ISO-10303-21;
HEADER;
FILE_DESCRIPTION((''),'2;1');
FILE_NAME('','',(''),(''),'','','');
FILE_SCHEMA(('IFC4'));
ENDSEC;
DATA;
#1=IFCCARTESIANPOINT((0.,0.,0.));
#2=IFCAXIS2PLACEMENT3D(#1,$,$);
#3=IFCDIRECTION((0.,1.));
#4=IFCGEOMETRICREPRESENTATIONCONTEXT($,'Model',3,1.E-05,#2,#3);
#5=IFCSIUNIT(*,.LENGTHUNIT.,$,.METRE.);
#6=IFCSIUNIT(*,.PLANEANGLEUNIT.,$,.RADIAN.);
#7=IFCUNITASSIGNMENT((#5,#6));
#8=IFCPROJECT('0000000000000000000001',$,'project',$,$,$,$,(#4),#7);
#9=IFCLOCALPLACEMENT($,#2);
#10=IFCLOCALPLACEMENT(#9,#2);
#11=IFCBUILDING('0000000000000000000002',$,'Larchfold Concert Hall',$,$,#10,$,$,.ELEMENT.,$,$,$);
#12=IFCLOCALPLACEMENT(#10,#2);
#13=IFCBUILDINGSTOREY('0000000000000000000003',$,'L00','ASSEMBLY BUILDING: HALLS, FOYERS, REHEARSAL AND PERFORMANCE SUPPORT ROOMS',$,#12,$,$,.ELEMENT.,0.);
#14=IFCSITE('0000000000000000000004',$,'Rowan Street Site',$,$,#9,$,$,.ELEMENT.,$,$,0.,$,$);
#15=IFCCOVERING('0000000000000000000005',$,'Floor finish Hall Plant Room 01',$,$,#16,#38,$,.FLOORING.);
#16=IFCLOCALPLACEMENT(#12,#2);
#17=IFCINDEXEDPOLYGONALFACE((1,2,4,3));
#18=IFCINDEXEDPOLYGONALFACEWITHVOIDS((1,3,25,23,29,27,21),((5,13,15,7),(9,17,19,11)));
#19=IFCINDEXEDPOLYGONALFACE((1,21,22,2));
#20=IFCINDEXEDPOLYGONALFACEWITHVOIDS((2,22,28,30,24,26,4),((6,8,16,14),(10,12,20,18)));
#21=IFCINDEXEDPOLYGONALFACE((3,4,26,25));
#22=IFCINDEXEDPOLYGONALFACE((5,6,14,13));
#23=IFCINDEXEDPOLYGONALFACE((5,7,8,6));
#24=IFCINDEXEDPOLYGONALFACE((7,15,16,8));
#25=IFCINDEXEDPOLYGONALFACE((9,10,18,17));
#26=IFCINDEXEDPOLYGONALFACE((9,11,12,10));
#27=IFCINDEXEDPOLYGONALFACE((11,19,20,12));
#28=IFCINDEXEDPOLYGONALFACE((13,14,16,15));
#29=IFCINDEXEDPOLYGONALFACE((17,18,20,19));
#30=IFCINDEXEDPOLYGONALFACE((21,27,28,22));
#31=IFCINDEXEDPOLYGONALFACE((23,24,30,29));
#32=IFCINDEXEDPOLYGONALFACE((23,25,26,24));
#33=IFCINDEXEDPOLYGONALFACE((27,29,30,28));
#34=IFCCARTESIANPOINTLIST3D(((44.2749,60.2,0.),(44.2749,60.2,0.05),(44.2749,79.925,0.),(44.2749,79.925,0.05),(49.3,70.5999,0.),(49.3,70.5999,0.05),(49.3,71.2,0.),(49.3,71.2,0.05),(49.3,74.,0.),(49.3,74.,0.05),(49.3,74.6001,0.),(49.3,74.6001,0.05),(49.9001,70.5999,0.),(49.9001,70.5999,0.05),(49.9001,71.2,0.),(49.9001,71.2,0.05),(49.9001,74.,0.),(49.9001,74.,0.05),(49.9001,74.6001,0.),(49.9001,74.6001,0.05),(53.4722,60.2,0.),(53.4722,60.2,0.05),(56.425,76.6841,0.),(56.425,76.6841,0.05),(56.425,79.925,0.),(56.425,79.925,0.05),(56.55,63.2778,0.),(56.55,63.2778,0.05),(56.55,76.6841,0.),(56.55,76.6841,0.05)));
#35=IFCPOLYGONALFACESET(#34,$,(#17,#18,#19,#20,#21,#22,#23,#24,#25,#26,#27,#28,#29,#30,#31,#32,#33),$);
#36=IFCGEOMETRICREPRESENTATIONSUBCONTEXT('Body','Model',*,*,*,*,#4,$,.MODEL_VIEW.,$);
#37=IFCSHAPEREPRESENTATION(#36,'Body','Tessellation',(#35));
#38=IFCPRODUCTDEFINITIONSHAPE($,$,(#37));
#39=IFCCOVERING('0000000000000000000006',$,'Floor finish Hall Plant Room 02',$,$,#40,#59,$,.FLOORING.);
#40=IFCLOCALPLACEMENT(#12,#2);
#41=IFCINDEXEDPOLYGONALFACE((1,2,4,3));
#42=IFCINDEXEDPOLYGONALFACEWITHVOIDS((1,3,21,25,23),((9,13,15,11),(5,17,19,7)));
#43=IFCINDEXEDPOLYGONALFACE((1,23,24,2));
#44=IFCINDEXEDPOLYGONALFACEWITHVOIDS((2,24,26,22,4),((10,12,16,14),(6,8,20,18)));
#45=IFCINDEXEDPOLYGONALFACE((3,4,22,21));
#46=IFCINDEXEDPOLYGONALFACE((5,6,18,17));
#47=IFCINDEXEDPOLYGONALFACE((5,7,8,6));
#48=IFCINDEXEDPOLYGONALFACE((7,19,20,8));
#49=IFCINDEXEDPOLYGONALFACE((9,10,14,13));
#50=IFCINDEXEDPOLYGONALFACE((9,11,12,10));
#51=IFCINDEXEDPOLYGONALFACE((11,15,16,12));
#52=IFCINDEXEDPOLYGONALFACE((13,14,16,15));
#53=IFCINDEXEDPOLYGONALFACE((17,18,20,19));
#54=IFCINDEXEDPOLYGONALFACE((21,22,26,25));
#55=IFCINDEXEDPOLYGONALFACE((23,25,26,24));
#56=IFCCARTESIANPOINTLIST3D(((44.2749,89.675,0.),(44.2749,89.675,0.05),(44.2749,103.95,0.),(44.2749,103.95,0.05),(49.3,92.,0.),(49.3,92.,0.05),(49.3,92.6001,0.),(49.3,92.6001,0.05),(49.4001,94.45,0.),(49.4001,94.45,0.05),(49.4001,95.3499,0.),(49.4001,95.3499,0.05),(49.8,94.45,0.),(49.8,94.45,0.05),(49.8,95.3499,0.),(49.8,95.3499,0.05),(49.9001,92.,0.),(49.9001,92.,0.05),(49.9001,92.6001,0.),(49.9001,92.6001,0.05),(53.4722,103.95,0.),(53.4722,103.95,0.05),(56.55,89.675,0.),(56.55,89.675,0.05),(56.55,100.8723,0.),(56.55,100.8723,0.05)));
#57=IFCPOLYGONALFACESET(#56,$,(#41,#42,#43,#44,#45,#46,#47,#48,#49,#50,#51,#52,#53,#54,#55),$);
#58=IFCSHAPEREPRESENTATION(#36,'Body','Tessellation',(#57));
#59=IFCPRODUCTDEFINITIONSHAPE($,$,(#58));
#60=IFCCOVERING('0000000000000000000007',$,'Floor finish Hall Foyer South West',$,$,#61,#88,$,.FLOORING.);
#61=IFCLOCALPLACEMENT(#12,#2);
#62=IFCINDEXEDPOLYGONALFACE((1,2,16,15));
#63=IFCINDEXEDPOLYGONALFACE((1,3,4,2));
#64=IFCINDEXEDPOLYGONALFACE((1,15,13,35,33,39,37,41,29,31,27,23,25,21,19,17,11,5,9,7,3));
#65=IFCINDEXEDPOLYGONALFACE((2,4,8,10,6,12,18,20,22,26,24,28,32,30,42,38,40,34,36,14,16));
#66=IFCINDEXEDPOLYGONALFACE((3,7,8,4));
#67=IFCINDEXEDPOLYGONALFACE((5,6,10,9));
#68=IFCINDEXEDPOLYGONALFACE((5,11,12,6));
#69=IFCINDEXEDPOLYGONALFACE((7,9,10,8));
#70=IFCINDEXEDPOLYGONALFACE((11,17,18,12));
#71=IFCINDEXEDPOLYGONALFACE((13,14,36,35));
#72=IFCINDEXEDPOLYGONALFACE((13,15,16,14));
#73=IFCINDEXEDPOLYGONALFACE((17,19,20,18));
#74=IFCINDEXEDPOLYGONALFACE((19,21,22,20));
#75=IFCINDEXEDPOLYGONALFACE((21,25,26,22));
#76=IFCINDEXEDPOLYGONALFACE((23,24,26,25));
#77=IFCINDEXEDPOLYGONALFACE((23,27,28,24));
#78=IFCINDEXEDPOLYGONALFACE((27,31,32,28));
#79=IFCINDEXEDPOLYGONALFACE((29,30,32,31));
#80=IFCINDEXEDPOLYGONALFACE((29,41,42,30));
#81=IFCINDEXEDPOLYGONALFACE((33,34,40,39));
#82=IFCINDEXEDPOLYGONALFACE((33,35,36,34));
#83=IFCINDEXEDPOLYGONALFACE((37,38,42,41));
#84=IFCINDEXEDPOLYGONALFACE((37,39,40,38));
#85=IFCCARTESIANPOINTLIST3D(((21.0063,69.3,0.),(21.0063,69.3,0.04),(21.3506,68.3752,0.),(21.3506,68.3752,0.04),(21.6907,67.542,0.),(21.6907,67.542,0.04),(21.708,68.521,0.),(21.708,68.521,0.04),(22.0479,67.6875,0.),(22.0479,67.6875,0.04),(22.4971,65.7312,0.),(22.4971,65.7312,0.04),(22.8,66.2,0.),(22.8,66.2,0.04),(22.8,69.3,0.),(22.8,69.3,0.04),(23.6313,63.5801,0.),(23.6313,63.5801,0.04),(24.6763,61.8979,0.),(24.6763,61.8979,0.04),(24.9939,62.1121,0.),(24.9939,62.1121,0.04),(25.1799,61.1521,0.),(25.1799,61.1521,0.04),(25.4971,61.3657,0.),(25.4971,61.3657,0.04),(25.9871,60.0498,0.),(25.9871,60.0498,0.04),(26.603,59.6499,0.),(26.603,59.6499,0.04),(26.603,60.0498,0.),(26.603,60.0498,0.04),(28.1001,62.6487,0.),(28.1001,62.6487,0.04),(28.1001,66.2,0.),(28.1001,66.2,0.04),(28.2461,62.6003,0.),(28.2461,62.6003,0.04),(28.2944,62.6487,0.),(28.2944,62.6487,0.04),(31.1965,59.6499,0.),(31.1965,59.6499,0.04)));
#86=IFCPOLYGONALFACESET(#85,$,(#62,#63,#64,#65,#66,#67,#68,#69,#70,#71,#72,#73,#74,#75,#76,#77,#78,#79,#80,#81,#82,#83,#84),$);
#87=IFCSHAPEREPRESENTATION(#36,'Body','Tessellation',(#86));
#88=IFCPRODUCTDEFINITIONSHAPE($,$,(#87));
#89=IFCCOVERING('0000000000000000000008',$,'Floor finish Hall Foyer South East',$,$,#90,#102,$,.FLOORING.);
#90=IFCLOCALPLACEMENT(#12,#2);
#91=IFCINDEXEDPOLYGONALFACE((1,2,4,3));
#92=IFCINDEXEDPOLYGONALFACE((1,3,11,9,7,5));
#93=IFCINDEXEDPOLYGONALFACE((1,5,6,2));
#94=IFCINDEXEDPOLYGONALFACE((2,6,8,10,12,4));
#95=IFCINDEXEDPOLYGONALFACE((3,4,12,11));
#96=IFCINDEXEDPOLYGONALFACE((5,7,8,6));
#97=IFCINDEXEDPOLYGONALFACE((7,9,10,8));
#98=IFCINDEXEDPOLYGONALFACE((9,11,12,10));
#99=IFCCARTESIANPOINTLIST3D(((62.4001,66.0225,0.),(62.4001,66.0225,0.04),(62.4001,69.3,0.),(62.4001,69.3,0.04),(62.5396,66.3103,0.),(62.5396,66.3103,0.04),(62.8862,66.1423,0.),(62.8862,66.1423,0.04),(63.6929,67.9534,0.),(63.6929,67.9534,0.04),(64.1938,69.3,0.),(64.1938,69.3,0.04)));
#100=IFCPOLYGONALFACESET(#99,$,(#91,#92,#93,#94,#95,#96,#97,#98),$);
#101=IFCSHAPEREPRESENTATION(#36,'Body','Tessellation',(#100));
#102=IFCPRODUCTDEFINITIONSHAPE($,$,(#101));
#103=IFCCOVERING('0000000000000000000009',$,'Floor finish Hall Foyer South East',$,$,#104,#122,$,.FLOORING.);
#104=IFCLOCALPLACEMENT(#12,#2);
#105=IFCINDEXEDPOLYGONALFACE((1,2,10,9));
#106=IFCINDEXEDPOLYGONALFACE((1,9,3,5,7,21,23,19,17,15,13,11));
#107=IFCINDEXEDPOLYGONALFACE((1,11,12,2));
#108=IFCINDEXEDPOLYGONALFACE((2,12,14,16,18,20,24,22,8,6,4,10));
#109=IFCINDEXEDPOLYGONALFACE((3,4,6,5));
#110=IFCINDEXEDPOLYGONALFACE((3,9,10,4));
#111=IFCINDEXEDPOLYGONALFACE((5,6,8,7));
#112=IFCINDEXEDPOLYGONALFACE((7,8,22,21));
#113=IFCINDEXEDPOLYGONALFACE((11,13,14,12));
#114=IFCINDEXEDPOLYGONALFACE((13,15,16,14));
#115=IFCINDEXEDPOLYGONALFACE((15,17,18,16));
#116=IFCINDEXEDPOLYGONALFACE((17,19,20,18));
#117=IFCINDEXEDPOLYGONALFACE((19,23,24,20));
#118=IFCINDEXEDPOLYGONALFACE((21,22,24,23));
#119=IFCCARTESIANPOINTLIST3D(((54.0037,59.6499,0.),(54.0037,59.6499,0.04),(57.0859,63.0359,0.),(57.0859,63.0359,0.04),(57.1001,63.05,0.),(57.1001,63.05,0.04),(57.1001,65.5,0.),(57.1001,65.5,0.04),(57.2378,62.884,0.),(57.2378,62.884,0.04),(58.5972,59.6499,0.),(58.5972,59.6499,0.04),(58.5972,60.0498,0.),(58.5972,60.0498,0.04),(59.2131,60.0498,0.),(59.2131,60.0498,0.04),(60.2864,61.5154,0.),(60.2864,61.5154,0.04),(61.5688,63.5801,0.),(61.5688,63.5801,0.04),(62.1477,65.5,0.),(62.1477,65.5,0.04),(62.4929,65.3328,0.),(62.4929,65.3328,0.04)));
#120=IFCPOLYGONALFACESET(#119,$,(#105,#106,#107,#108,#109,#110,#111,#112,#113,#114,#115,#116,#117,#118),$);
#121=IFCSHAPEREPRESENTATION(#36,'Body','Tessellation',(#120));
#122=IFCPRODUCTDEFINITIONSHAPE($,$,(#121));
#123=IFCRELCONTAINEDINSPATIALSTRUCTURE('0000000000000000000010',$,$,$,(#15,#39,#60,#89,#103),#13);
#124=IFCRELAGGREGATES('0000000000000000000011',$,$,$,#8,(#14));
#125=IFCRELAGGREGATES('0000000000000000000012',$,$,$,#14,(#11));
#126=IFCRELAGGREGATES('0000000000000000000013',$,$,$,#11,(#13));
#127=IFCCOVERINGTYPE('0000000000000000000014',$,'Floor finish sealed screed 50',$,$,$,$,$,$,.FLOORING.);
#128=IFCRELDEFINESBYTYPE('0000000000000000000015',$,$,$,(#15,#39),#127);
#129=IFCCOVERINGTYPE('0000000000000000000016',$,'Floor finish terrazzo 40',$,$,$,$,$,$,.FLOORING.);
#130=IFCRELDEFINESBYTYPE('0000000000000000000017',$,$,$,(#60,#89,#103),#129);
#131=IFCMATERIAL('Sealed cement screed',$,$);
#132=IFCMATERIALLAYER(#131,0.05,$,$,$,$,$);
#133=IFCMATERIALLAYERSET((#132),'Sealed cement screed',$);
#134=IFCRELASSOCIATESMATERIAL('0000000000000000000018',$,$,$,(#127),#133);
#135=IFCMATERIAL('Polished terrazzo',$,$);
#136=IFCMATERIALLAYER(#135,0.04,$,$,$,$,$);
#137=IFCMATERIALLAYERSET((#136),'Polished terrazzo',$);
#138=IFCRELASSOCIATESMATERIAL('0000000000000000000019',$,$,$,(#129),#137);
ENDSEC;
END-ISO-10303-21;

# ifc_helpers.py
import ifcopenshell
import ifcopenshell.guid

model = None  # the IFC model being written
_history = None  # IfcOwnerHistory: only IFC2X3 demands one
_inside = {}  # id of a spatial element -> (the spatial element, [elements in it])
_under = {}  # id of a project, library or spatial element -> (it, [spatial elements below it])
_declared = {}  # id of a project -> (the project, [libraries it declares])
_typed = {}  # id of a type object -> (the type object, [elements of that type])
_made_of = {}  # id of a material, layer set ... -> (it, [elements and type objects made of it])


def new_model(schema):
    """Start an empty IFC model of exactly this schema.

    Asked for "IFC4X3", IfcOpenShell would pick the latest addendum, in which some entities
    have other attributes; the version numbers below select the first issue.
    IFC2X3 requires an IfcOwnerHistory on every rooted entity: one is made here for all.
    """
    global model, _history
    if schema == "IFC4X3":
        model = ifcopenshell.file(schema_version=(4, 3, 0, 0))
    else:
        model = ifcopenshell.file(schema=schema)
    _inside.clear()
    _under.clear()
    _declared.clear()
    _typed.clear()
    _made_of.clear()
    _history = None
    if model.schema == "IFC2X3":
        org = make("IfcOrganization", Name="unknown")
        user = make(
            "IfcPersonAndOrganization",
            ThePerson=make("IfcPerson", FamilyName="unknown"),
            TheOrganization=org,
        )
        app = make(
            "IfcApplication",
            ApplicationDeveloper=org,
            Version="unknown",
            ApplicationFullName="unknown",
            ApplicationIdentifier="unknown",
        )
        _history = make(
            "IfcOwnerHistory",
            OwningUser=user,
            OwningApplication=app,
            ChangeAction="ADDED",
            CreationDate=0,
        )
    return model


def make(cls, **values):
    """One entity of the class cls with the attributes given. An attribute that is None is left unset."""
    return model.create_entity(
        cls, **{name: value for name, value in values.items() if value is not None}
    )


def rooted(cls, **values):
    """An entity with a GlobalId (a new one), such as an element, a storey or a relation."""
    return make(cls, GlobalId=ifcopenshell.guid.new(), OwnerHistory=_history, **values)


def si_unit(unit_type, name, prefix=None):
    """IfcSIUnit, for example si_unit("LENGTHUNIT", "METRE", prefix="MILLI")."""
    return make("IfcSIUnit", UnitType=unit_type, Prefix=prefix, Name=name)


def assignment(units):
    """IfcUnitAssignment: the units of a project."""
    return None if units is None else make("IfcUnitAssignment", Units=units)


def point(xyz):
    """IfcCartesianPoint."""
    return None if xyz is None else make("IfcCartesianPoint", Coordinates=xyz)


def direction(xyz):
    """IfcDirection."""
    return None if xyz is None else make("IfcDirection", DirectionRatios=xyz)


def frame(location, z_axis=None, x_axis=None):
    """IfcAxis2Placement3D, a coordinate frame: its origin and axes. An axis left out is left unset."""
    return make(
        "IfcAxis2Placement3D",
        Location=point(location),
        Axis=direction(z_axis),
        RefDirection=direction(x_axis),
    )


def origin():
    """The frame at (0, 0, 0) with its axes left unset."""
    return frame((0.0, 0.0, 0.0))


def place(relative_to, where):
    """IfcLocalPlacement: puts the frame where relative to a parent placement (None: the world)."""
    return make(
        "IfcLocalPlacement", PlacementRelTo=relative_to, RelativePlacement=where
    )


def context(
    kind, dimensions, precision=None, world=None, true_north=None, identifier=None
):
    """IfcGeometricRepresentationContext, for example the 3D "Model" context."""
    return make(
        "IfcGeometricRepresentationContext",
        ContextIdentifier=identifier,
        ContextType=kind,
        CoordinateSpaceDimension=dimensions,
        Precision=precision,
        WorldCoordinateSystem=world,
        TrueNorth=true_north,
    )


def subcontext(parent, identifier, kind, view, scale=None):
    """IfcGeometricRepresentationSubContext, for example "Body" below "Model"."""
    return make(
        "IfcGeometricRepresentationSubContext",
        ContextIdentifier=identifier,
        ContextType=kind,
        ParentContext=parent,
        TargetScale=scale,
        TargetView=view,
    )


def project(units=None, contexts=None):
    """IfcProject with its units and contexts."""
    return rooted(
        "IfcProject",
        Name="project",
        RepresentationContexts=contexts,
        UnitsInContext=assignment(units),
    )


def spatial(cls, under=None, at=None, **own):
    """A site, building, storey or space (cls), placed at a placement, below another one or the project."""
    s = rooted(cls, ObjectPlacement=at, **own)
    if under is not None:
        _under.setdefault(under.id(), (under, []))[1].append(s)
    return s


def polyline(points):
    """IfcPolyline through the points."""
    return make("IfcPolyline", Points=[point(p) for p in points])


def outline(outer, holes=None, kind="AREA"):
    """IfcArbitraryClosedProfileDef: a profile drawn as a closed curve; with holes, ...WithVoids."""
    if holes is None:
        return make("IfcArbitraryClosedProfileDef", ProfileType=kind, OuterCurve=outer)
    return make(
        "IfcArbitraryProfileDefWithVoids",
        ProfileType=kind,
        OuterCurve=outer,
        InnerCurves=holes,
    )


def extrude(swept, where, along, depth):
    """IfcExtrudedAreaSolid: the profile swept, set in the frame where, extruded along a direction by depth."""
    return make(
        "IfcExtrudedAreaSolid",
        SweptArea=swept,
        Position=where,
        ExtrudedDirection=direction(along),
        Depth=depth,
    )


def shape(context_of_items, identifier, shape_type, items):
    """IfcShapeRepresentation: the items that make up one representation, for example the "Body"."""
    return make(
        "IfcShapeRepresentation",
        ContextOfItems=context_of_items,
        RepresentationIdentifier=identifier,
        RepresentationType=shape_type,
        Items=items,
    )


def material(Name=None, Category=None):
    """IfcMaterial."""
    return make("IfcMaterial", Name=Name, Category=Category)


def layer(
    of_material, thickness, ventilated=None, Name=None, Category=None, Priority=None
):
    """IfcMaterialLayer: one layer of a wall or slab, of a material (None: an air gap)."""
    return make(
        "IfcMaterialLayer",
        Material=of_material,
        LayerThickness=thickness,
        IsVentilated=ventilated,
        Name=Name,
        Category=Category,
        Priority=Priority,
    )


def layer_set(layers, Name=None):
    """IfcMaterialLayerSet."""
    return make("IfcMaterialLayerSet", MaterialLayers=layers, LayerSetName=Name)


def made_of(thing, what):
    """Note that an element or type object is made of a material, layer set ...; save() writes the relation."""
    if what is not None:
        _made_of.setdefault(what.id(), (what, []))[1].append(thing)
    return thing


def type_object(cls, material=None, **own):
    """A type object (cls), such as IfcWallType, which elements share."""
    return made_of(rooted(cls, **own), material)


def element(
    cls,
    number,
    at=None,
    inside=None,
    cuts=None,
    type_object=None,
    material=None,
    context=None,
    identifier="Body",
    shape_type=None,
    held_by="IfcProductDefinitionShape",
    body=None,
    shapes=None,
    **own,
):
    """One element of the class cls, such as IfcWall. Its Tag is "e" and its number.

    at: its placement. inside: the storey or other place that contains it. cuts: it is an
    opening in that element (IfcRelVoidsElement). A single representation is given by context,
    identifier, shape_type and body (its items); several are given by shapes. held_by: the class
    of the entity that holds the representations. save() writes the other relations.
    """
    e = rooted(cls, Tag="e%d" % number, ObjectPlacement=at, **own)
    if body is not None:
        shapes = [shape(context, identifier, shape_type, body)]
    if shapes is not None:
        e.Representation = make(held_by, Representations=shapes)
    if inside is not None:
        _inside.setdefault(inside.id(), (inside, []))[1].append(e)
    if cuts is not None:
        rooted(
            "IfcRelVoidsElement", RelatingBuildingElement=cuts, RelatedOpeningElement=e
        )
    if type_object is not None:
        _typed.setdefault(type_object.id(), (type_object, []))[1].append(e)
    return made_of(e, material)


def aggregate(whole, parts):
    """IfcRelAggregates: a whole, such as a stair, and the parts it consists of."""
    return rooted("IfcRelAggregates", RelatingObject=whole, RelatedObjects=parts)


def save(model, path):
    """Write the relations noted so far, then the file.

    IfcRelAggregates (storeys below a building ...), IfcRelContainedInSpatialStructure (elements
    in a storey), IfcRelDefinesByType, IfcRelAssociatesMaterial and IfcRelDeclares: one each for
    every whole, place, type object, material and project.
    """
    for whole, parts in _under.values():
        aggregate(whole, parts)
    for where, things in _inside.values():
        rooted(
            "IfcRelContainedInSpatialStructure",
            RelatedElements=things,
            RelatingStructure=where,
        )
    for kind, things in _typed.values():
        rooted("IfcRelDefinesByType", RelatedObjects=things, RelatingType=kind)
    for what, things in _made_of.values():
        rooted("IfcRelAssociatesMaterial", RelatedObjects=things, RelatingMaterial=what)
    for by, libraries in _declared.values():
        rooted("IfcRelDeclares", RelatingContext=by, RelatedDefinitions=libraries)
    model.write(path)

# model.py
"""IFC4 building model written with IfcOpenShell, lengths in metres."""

from ifc_helpers import new_model, si_unit, direction, origin, place, context, subcontext, project, spatial, polyline, outline, extrude, material, layer, layer_set, type_object, element, save


model = new_model("IFC4")

# Units and contexts
model_context = context("Model", 3, precision=1e-05, world=origin(), true_north=direction((0.0, 1.0)))
body_context = subcontext(model_context, "Body", "Model", "MODEL_VIEW")
ifc_project = project(units=[si_unit("LENGTHUNIT", "METRE"), si_unit("PLANEANGLEUNIT", "RADIAN")], contexts=[model_context])

# Site, building, storey
site_placement = place(None, origin())
site = spatial("IfcSite", under=ifc_project, at=site_placement, Name="Rowan Street Site", CompositionType="ELEMENT", RefElevation=0.0)
building_placement = place(site_placement, origin())
building = spatial("IfcBuilding", under=site, at=building_placement, Name="Larchfold Concert Hall", CompositionType="ELEMENT")
storey_placement = place(building_placement, origin())
storey = spatial("IfcBuildingStorey", under=building, at=storey_placement, Name="L00", Description="ASSEMBLY BUILDING: HALLS, FOYERS, REHEARSAL AND PERFORMANCE SUPPORT ROOMS", CompositionType="ELEMENT", Elevation=0.0)

# Coverings
ifc_material_1 = material(Name="Sealed cement screed")
ifc_layer_1 = layer(ifc_material_1, 0.05)
ifc_layer_set_1 = layer_set([ifc_layer_1], Name="Sealed cement screed")
covering_type_1 = type_object("IfcCoveringType", Name="Floor finish sealed screed 50", PredefinedType="FLOORING", material=ifc_layer_set_1)
covering_1_placement = place(storey_placement, origin())
element("IfcCovering", 1, at=covering_1_placement, inside=storey, type_object=covering_type_1, Name="Floor finish Hall Plant Room 01", PredefinedType="FLOORING", context=body_context, shape_type="SweptSolid", body=[
    extrude(outline(polyline([(44.2749, 60.2), (53.4722, 60.2), (56.55, 63.2778), (56.55, 76.6841), (56.425, 76.6841), (56.425, 79.925), (44.2749, 79.925), (44.2749, 60.2)]), holes=[polyline([(49.3, 74.0), (49.3, 74.6001), (49.9001, 74.6001), (49.9001, 74.0), (49.3, 74.0)]), polyline([(49.9001, 70.5999), (49.3, 70.5999), (49.3, 71.2), (49.9001, 71.2), (49.9001, 70.5999)])]), origin(), (0.0, 0.0, 1.0), 0.05),
])
covering_2_placement = place(storey_placement, origin())
element("IfcCovering", 2, at=covering_2_placement, inside=storey, type_object=covering_type_1, Name="Floor finish Hall Plant Room 02", PredefinedType="FLOORING", context=body_context, shape_type="SweptSolid", body=[
    extrude(outline(polyline([(56.55, 89.675), (56.55, 100.8723), (53.4722, 103.95), (44.2749, 103.95), (44.2749, 89.675), (56.55, 89.675)]), holes=[polyline([(49.9001, 92.0), (49.3, 92.0), (49.3, 92.6001), (49.9001, 92.6001), (49.9001, 92.0)]), polyline([(49.4001, 94.45), (49.4001, 95.3499), (49.8, 95.3499), (49.8, 94.45), (49.4001, 94.45)])]), origin(), (0.0, 0.0, 1.0), 0.05),
])
ifc_material_2 = material(Name="Polished terrazzo")
ifc_layer_2 = layer(ifc_material_2, 0.04)
ifc_layer_set_2 = layer_set([ifc_layer_2], Name="Polished terrazzo")
covering_type_2 = type_object("IfcCoveringType", Name="Floor finish terrazzo 40", PredefinedType="FLOORING", material=ifc_layer_set_2)
covering_3_placement = place(storey_placement, origin())
element("IfcCovering", 3, at=covering_3_placement, inside=storey, type_object=covering_type_2, Name="Floor finish Hall Foyer South West", PredefinedType="FLOORING", context=body_context, shape_type="SweptSolid", body=[
    extrude(outline(polyline([(28.1001, 66.2), (22.8, 66.2), (22.8, 69.3), (21.0063, 69.3), (21.3506, 68.3752), (21.708, 68.521), (22.0479, 67.6875), (21.6907, 67.542), (22.4971, 65.7312), (23.6313, 63.5801), (24.6763, 61.8979), (24.9939, 62.1121), (25.4971, 61.3657), (25.1799, 61.1521), (25.9871, 60.0498), (26.603, 60.0498), (26.603, 59.6499), (31.1965, 59.6499), (28.2461, 62.6003), (28.2944, 62.6487), (28.1001, 62.6487), (28.1001, 66.2)])), origin(), (0.0, 0.0, 1.0), 0.04),
])
covering_4_placement = place(storey_placement, origin())
element("IfcCovering", 4, at=covering_4_placement, inside=storey, type_object=covering_type_2, Name="Floor finish Hall Foyer South East", PredefinedType="FLOORING", context=body_context, shape_type="SweptSolid", body=[
    extrude(outline(polyline([(62.8862, 66.1423), (63.6929, 67.9534), (64.1938, 69.3), (62.4001, 69.3), (62.4001, 66.0225), (62.5396, 66.3103), (62.8862, 66.1423)])), origin(), (0.0, 0.0, 1.0), 0.04),
])
covering_5_placement = place(storey_placement, origin())
element("IfcCovering", 5, at=covering_5_placement, inside=storey, type_object=covering_type_2, Name="Floor finish Hall Foyer South East", PredefinedType="FLOORING", context=body_context, shape_type="SweptSolid", body=[
    extrude(outline(polyline([(61.5688, 63.5801), (62.4929, 65.3328), (62.1477, 65.5), (57.1001, 65.5), (57.1001, 63.05), (57.0859, 63.0359), (57.2378, 62.884), (54.0037, 59.6499), (58.5972, 59.6499), (58.5972, 60.0498), (59.2131, 60.0498), (60.2864, 61.5154), (61.5688, 63.5801)])), origin(), (0.0, 0.0, 1.0), 0.04),
])

save(model, "model.ifc")
